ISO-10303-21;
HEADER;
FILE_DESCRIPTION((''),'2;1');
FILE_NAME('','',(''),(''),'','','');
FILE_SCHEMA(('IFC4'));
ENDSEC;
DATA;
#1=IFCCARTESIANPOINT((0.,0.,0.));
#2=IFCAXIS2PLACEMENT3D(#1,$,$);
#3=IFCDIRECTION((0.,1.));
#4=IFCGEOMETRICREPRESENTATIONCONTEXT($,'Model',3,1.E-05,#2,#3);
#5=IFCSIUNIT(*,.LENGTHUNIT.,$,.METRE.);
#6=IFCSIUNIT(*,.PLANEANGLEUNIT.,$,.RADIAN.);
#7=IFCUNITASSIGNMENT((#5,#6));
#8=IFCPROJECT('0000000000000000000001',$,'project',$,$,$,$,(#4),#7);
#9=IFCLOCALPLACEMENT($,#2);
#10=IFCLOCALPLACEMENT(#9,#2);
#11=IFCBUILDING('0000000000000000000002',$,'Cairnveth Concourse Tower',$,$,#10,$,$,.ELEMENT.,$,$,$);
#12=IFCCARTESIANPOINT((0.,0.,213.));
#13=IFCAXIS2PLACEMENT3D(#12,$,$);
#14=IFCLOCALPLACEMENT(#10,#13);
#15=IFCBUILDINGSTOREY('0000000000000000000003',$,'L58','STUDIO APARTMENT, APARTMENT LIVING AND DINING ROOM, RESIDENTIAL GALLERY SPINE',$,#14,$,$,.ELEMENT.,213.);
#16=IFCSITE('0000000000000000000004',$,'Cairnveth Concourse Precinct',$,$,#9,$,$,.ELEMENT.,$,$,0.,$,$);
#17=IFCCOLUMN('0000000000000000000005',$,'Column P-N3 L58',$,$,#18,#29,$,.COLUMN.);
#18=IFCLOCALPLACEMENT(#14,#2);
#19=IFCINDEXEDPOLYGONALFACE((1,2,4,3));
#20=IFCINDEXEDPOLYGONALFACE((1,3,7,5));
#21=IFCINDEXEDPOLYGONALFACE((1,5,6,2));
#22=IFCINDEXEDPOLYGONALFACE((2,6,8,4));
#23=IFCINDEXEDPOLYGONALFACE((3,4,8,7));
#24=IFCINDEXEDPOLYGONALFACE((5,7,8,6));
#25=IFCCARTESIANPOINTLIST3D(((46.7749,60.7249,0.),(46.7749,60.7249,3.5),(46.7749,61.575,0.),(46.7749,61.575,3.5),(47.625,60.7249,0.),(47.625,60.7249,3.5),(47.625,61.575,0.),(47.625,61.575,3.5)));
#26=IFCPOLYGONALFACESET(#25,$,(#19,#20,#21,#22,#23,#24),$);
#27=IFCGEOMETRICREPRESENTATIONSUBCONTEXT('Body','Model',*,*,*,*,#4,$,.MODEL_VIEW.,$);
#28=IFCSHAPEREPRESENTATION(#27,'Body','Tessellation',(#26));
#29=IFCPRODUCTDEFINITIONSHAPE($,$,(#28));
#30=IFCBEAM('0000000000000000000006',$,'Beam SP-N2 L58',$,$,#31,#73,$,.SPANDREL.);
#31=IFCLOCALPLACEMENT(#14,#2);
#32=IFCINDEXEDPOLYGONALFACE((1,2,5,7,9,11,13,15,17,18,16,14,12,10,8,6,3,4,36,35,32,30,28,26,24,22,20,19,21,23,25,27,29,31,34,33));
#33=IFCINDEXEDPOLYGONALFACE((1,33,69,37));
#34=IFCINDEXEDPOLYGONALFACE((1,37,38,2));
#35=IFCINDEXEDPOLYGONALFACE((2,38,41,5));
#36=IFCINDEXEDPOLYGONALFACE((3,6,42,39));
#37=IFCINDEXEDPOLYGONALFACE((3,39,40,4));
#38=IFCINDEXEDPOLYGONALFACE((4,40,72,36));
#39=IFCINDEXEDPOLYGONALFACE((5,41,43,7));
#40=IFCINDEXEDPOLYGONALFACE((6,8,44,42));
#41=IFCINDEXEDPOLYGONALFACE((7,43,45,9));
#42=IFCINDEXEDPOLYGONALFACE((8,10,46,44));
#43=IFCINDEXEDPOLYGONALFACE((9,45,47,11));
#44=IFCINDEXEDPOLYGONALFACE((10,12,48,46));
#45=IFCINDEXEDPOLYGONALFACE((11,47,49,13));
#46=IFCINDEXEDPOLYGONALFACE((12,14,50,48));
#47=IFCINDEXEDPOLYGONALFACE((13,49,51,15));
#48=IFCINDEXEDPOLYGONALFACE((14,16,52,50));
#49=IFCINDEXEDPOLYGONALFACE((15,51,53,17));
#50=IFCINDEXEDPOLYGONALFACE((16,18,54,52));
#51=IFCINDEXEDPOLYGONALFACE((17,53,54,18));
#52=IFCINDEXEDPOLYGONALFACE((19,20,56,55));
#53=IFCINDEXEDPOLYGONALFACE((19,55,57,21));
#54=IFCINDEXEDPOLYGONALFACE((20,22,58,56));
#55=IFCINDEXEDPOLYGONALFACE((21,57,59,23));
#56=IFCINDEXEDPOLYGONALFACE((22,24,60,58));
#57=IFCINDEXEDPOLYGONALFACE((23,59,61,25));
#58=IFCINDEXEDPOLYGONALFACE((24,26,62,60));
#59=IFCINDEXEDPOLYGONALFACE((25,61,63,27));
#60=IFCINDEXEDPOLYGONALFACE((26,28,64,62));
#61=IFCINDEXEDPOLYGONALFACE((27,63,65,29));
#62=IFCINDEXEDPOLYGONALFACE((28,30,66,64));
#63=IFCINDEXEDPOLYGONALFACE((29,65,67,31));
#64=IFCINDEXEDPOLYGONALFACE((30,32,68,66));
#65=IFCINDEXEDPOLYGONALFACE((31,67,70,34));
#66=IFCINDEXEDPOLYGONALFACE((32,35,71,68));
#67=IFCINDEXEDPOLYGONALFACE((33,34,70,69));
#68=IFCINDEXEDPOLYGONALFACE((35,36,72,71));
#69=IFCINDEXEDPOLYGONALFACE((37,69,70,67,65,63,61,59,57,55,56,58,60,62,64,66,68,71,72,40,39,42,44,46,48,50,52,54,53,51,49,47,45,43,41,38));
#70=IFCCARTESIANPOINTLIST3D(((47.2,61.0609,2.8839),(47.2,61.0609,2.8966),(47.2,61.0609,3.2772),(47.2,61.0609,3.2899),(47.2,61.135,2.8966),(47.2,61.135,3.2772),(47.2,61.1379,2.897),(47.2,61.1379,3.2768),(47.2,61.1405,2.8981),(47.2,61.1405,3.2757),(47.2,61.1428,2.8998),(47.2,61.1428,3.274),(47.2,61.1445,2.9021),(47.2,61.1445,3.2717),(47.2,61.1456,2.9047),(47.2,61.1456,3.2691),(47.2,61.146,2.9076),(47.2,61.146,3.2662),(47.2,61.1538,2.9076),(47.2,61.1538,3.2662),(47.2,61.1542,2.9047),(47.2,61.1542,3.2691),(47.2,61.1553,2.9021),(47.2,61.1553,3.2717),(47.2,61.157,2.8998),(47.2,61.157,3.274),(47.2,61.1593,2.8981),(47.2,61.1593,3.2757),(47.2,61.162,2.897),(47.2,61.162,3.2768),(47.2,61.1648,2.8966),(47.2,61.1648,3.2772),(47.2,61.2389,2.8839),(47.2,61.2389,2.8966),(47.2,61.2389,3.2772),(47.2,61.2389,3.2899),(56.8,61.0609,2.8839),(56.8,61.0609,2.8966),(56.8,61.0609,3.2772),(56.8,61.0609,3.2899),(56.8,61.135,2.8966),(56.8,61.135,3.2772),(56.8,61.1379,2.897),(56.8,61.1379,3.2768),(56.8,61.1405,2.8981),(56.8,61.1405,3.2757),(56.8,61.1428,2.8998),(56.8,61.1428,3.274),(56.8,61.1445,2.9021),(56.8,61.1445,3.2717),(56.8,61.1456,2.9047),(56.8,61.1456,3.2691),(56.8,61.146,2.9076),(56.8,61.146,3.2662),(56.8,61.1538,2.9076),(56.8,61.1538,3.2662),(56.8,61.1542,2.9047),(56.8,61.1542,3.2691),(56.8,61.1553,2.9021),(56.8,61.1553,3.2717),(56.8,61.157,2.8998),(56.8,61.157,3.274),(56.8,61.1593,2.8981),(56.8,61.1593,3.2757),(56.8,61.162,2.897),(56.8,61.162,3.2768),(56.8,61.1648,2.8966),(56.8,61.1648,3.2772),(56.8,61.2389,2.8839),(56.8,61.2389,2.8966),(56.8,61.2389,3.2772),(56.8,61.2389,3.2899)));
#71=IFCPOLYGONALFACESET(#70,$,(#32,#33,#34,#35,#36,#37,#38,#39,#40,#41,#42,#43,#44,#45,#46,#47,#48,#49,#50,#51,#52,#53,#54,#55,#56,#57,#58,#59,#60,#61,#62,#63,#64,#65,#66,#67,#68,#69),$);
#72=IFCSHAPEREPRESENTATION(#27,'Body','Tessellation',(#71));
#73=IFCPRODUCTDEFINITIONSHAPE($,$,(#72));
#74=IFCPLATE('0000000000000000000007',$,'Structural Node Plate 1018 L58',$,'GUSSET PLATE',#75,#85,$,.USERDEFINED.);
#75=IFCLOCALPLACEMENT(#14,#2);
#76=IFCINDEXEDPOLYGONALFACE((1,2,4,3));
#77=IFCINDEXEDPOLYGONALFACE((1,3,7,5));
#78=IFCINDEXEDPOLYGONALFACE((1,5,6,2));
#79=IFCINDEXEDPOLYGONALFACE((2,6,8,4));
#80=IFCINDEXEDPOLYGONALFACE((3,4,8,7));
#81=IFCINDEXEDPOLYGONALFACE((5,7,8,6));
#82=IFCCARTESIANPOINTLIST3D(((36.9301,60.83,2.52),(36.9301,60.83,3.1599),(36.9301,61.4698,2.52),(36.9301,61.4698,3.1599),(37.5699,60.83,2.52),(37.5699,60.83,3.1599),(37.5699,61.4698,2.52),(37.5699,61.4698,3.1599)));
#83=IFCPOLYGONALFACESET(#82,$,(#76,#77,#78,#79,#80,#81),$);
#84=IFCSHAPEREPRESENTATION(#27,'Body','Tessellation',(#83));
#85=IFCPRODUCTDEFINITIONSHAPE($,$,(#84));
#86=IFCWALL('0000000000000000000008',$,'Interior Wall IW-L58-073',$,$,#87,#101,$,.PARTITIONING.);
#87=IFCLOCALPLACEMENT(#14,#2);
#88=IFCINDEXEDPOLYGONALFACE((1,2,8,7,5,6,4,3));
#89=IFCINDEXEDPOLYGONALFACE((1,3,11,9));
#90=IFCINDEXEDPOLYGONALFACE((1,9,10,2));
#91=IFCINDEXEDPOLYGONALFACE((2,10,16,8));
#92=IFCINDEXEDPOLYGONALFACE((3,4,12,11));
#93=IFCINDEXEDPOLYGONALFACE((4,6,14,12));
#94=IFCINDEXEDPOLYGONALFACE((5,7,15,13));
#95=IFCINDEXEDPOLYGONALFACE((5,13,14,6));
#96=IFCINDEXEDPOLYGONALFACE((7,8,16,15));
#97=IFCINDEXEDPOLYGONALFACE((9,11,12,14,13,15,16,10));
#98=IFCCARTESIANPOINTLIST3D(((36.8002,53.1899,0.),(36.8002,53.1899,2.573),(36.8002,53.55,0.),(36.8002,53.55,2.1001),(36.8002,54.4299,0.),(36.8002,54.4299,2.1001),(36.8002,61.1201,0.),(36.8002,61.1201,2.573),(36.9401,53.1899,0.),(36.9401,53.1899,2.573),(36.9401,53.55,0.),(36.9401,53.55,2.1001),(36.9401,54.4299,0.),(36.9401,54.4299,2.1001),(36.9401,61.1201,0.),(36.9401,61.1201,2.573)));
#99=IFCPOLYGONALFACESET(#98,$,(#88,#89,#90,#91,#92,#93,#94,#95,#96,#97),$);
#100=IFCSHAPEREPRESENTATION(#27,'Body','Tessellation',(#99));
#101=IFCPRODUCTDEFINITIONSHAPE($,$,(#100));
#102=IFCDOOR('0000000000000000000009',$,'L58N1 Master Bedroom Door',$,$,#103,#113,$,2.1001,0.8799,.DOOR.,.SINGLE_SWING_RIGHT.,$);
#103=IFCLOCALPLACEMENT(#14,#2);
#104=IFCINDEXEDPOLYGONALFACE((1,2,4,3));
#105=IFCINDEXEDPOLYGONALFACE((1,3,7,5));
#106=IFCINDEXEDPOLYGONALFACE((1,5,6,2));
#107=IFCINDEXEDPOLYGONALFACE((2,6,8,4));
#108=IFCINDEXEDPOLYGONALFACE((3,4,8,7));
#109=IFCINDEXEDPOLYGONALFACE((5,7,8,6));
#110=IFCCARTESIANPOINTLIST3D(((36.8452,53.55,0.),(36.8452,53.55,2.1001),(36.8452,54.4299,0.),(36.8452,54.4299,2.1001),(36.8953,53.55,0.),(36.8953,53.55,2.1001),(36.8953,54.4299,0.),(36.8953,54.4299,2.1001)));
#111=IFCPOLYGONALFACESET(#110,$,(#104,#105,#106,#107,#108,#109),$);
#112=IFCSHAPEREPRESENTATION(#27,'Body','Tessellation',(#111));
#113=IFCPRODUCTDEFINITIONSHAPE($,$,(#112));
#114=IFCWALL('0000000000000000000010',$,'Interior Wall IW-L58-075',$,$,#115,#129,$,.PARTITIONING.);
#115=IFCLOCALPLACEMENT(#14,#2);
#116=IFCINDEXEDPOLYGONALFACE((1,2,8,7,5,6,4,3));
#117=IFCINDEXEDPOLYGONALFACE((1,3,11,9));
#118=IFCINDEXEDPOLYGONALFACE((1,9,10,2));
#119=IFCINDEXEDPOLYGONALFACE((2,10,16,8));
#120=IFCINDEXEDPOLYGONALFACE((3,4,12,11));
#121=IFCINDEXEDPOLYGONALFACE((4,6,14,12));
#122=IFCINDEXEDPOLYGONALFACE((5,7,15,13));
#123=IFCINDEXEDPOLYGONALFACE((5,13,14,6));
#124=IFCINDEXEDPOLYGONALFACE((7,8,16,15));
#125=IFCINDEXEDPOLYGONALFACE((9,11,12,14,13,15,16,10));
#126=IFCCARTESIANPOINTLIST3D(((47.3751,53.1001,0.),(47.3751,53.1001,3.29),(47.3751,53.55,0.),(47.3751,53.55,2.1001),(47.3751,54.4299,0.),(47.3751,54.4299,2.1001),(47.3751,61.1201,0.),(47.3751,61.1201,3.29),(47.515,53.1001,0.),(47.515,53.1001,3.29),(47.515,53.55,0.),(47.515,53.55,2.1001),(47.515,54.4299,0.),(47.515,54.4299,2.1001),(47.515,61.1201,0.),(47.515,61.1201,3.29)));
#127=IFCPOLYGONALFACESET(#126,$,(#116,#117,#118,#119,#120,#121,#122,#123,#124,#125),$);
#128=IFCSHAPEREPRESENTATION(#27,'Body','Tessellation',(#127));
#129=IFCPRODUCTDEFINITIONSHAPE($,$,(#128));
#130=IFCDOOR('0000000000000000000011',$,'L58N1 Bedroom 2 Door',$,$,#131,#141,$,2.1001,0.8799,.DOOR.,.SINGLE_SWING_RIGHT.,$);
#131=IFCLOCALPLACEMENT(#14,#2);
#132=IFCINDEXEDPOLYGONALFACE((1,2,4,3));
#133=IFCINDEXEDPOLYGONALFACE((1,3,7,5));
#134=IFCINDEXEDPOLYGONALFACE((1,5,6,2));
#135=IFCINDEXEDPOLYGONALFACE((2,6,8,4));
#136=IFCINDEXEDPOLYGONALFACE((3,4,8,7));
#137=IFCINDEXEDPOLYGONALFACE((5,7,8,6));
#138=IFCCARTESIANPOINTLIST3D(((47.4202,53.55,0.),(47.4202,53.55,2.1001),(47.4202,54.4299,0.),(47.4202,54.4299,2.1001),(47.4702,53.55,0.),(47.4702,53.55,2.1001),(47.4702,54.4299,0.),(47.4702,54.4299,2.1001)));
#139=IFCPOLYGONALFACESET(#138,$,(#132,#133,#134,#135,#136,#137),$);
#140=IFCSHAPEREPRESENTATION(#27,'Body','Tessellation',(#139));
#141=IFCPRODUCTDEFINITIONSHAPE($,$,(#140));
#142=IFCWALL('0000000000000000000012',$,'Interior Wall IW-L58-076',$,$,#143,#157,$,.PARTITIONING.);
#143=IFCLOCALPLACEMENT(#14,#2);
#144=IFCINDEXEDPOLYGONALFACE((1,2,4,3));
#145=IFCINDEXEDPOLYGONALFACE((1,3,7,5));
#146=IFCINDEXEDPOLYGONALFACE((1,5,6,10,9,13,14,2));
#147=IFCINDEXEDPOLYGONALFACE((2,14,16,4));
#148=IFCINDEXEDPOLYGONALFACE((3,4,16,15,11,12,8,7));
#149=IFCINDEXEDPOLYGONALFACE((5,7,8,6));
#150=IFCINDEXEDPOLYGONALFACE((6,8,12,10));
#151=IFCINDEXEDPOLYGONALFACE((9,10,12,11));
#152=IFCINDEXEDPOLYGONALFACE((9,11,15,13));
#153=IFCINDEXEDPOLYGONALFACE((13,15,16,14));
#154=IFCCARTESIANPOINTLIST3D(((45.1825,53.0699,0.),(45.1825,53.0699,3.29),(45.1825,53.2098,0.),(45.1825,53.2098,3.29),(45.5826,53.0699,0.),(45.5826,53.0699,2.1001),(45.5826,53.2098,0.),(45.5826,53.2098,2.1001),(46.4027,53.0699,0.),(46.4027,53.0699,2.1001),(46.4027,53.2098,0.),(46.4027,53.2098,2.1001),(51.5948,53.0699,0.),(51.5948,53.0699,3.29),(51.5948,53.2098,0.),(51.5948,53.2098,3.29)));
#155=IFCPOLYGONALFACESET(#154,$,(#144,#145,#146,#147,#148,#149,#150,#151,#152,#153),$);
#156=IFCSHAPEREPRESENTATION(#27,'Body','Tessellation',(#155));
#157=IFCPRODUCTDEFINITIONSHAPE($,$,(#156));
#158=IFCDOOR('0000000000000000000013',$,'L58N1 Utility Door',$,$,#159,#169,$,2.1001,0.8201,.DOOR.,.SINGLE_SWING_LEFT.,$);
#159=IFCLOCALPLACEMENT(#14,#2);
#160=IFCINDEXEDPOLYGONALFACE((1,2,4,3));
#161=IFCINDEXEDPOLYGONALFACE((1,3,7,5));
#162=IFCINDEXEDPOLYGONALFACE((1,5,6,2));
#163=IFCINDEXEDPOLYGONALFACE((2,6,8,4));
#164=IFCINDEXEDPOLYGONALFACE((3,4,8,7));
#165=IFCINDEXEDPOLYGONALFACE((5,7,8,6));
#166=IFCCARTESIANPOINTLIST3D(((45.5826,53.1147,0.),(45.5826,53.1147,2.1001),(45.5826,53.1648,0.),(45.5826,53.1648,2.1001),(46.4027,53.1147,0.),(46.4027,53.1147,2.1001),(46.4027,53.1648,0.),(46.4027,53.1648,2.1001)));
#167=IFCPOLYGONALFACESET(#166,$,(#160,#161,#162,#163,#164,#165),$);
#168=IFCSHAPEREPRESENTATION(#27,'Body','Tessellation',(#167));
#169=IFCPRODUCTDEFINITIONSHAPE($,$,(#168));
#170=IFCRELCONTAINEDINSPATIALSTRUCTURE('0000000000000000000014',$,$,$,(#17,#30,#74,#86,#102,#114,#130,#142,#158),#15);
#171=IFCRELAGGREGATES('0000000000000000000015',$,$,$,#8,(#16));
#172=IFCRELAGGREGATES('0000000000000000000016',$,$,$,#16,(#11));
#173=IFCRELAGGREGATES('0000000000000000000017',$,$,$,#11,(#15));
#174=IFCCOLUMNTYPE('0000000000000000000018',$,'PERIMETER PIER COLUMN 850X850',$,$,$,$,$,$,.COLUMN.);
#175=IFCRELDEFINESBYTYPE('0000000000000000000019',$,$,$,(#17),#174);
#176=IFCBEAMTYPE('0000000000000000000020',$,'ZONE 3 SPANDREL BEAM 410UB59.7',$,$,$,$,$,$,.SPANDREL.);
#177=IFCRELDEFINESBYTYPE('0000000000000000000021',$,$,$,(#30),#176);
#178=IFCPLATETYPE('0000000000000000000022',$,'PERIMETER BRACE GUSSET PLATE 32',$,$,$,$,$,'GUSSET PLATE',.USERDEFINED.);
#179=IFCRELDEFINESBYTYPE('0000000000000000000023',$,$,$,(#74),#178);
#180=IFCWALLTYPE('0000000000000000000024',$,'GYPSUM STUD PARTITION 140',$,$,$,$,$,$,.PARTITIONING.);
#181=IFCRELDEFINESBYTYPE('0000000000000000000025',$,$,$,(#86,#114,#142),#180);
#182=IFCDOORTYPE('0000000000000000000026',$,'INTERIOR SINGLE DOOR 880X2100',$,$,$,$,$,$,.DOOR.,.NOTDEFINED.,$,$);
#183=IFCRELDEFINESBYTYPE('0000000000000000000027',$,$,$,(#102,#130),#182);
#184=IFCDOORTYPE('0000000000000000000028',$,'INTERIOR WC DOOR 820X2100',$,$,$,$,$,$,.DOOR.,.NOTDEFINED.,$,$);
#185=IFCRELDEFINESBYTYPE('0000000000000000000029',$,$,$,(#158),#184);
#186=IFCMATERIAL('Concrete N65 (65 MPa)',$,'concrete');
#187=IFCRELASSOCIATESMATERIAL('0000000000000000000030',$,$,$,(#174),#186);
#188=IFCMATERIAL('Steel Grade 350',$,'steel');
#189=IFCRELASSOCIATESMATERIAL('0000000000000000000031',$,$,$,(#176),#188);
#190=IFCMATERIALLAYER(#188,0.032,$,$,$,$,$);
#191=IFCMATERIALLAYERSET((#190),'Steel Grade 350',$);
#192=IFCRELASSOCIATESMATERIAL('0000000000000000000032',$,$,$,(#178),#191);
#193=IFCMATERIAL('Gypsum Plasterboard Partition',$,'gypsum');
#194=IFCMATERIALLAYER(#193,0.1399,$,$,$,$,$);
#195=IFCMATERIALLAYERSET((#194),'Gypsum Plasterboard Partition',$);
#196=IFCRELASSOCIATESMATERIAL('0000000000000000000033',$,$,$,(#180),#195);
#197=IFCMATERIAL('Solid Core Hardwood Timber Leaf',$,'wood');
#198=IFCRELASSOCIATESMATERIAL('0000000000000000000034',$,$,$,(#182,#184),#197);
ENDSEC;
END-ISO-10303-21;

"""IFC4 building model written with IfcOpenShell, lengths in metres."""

from ifc_helpers import new_model, si_unit, direction, frame, frame_2d, origin, origin_2d, place, context, subcontext, project, spatial, rectangle, i_section, extrude, material, layer, layer_set, material_profile, profile_set, type_object, element, fill, save


model = new_model("IFC4")

# Units and contexts
model_context = context("Model", 3, precision=1e-05, world=origin(), true_north=direction((0.0, 1.0)))
body_context = subcontext(model_context, "Body", "Model", "MODEL_VIEW")
ifc_project = project(units=[si_unit("LENGTHUNIT", "METRE"), si_unit("PLANEANGLEUNIT", "RADIAN")], contexts=[model_context])

# Site, building, storey
site_placement = place(None, origin())
site = spatial("IfcSite", under=ifc_project, at=site_placement, Name="Cairnveth Concourse Precinct", CompositionType="ELEMENT", RefElevation=0.0)
building_placement = place(site_placement, origin())
building = spatial("IfcBuilding", under=site, at=building_placement, Name="Cairnveth Concourse Tower", CompositionType="ELEMENT")
storey_placement = place(building_placement, frame((0.0, 0.0, 213.0)))
storey = spatial("IfcBuildingStorey", under=building, at=storey_placement, Name="L58", Description="STUDIO APARTMENT, APARTMENT LIVING AND DINING ROOM, RESIDENTIAL GALLERY SPINE", CompositionType="ELEMENT", Elevation=213.0)

# Column
ifc_material_1 = material(Name="Concrete N65 (65 MPa)", Category="concrete")
ifc_material_profile_1 = material_profile(ifc_material_1, rectangle(XDim=0.8501, YDim=0.8501, at=origin_2d()), Name="RC-COL-850x850")
ifc_profile_set_1 = profile_set([ifc_material_profile_1], Name="Concrete N65 (65 MPa)")
column_type = type_object("IfcColumnType", Name="PERIMETER PIER COLUMN 850X850", PredefinedType="COLUMN", material=ifc_profile_set_1)
column_placement = place(storey_placement, frame((47.2, 61.1499, 0.0), z_axis=(0.0, 0.0, 1.0), x_axis=(1.0, 0.0, 0.0)))
element("IfcColumn", 1, at=column_placement, inside=storey, type_object=column_type, Name="Column P-N3 L58", PredefinedType="COLUMN", context=body_context, shape_type="SweptSolid", body=[
    extrude(rectangle(XDim=0.8501, YDim=0.8501, at=origin_2d()), origin(), (0.0, 0.0, 1.0), 3.5),
])

# Beam
ifc_material_2 = material(Name="Steel Grade 350", Category="steel")
ifc_material_profile_2 = material_profile(ifc_material_2, i_section(OverallWidth=0.178, OverallDepth=0.406, WebThickness=0.0078, FlangeThickness=0.0127, FilletRadius=0.011, at=origin_2d()), Name="410UB59.7")
ifc_profile_set_2 = profile_set([ifc_material_profile_2], Name="Steel Grade 350")
beam_type = type_object("IfcBeamType", Name="ZONE 3 SPANDREL BEAM 410UB59.7", PredefinedType="SPANDREL", material=ifc_profile_set_2)
beam_placement = place(storey_placement, frame((47.2, 61.1499, 3.0869), z_axis=(1.0, 0.0, 0.0), x_axis=(0.0, 1.0, 0.0)))
element("IfcBeam", 2, at=beam_placement, inside=storey, type_object=beam_type, Name="Beam SP-N2 L58", PredefinedType="SPANDREL", context=body_context, shape_type="SweptSolid", body=[
    extrude(i_section(OverallWidth=0.178, OverallDepth=0.406, WebThickness=0.0078, FlangeThickness=0.0127, FilletRadius=0.011, at=origin_2d()), origin(), (0.0, 0.0, 1.0), 9.6001),
])

# Plate
ifc_layer_1 = layer(ifc_material_2, 0.032)
ifc_layer_set_1 = layer_set([ifc_layer_1], Name="Steel Grade 350")
plate_type = type_object("IfcPlateType", Name="PERIMETER BRACE GUSSET PLATE 32", ElementType="GUSSET PLATE", PredefinedType="USERDEFINED", material=ifc_layer_set_1)
plate_placement = place(storey_placement, frame((37.25, 61.1499, 2.52), z_axis=(0.0, 0.0, 1.0), x_axis=(1.0, 0.0, 0.0)))
element("IfcPlate", 3, at=plate_placement, inside=storey, type_object=plate_type, Name="Structural Node Plate 1018 L58", ObjectType="GUSSET PLATE", PredefinedType="USERDEFINED", context=body_context, shape_type="SweptSolid", body=[
    extrude(rectangle(XDim=0.6399, YDim=0.6399, at=origin_2d()), origin(), (0.0, 0.0, 1.0), 0.6399),
])

# Walls, openings, doors
ifc_material_3 = material(Name="Gypsum Plasterboard Partition", Category="gypsum")
ifc_layer_2 = layer(ifc_material_3, 0.1399)
ifc_layer_set_2 = layer_set([ifc_layer_2], Name="Gypsum Plasterboard Partition")
wall_type_1 = type_object("IfcWallType", Name="GYPSUM STUD PARTITION 140", PredefinedType="PARTITIONING", material=ifc_layer_set_2)
wall_1_placement = place(storey_placement, frame((36.8701, 53.1899, 0.0), z_axis=(0.0, 0.0, 1.0), x_axis=(0.0, 1.0, 0.0)))
wall_1 = element("IfcWall", 4, at=wall_1_placement, inside=storey, type_object=wall_type_1, Name="Interior Wall IW-L58-073", PredefinedType="PARTITIONING", context=body_context, shape_type="SweptSolid", body=[
    extrude(rectangle(XDim=7.9302, YDim=0.1399, at=frame_2d((3.9651, 0.0))), origin(), (0.0, 0.0, 1.0), 2.573),
])
opening_1_placement = place(wall_1_placement, frame((0.3601, 0.0, 0.0)))
opening_1 = element("IfcOpeningElement", 5, at=opening_1_placement, cuts=wall_1, PredefinedType="OPENING", context=body_context, shape_type="SweptSolid", body=[
    extrude(rectangle(XDim=0.8799, YDim=2.1001, at=frame_2d((0.4399, 1.05))), frame((0.0, 0.0798, 0.0), z_axis=(0.0, -1.0, 0.0), x_axis=(1.0, 0.0, 0.0)), (0.0, 0.0, 1.0), 0.1599),
])
ifc_material_4 = material(Name="Solid Core Hardwood Timber Leaf", Category="wood")
door_type_1 = type_object("IfcDoorType", Name="INTERIOR SINGLE DOOR 880X2100", OperationType="NOTDEFINED", PredefinedType="DOOR", material=ifc_material_4)
door_1_placement = place(opening_1_placement, origin())
door_1 = element("IfcDoor", 6, at=door_1_placement, inside=storey, type_object=door_type_1, Name="L58N1 Master Bedroom Door", OperationType="SINGLE_SWING_RIGHT", OverallHeight=2.1001, OverallWidth=0.8799, PredefinedType="DOOR", context=body_context, shape_type="SweptSolid", body=[
    extrude(rectangle(XDim=0.8799, YDim=2.1001, at=frame_2d((0.4399, 1.05))), frame((0.0, 0.0249, 0.0), z_axis=(0.0, -1.0, 0.0), x_axis=(1.0, 0.0, 0.0)), (0.0, 0.0, 1.0), 0.05),
])
fill(opening_1, door_1)
wall_2_placement = place(storey_placement, frame((47.4451, 53.1001, 0.0), z_axis=(0.0, 0.0, 1.0), x_axis=(0.0, 1.0, 0.0)))
wall_2 = element("IfcWall", 7, at=wall_2_placement, inside=storey, type_object=wall_type_1, Name="Interior Wall IW-L58-075", PredefinedType="PARTITIONING", context=body_context, shape_type="SweptSolid", body=[
    extrude(rectangle(XDim=8.02, YDim=0.1399, at=frame_2d((4.01, 0.0))), origin(), (0.0, 0.0, 1.0), 3.29),
])
opening_2_placement = place(wall_2_placement, frame((0.45, 0.0, 0.0)))
opening_2 = element("IfcOpeningElement", 8, at=opening_2_placement, cuts=wall_2, PredefinedType="OPENING", context=body_context, shape_type="SweptSolid", body=[
    extrude(rectangle(XDim=0.8799, YDim=2.1001, at=frame_2d((0.4399, 1.05))), frame((0.0, 0.0798, 0.0), z_axis=(0.0, -1.0, 0.0), x_axis=(1.0, 0.0, 0.0)), (0.0, 0.0, 1.0), 0.1599),
])
door_2_placement = place(opening_2_placement, origin())
door_2 = element("IfcDoor", 9, at=door_2_placement, inside=storey, type_object=door_type_1, Name="L58N1 Bedroom 2 Door", OperationType="SINGLE_SWING_RIGHT", OverallHeight=2.1001, OverallWidth=0.8799, PredefinedType="DOOR", context=body_context, shape_type="SweptSolid", body=[
    extrude(rectangle(XDim=0.8799, YDim=2.1001, at=frame_2d((0.4399, 1.05))), frame((0.0, 0.0249, 0.0), z_axis=(0.0, -1.0, 0.0), x_axis=(1.0, 0.0, 0.0)), (0.0, 0.0, 1.0), 0.05),
])
fill(opening_2, door_2)
wall_3_placement = place(storey_placement, frame((45.1826, 53.1399, 0.0), z_axis=(0.0, 0.0, 1.0), x_axis=(1.0, 0.0, 0.0)))
wall_3 = element("IfcWall", 10, at=wall_3_placement, inside=storey, type_object=wall_type_1, Name="Interior Wall IW-L58-076", PredefinedType="PARTITIONING", context=body_context, shape_type="SweptSolid", body=[
    extrude(rectangle(XDim=6.4124, YDim=0.1399, at=frame_2d((3.2061, 0.0))), origin(), (0.0, 0.0, 1.0), 3.29),
])
opening_3_placement = place(wall_3_placement, frame((0.3999, 0.0, 0.0)))
opening_3 = element("IfcOpeningElement", 11, at=opening_3_placement, cuts=wall_3, PredefinedType="OPENING", context=body_context, shape_type="SweptSolid", body=[
    extrude(rectangle(XDim=0.8201, YDim=2.1001, at=frame_2d((0.4102, 1.05))), frame((0.0, 0.0798, 0.0), z_axis=(0.0, -1.0, 0.0), x_axis=(1.0, 0.0, 0.0)), (0.0, 0.0, 1.0), 0.1599),
])
door_type_2 = type_object("IfcDoorType", Name="INTERIOR WC DOOR 820X2100", OperationType="NOTDEFINED", PredefinedType="DOOR", material=ifc_material_4)
door_3_placement = place(opening_3_placement, origin())
door_3 = element("IfcDoor", 12, at=door_3_placement, inside=storey, type_object=door_type_2, Name="L58N1 Utility Door", OperationType="SINGLE_SWING_LEFT", OverallHeight=2.1001, OverallWidth=0.8201, PredefinedType="DOOR", context=body_context, shape_type="SweptSolid", body=[
    extrude(rectangle(XDim=0.8201, YDim=2.1001, at=frame_2d((0.4102, 1.05))), frame((0.0, 0.0249, 0.0), z_axis=(0.0, -1.0, 0.0), x_axis=(1.0, 0.0, 0.0)), (0.0, 0.0, 1.0), 0.05),
])
fill(opening_3, door_3)

save(model, "model.ifc")
